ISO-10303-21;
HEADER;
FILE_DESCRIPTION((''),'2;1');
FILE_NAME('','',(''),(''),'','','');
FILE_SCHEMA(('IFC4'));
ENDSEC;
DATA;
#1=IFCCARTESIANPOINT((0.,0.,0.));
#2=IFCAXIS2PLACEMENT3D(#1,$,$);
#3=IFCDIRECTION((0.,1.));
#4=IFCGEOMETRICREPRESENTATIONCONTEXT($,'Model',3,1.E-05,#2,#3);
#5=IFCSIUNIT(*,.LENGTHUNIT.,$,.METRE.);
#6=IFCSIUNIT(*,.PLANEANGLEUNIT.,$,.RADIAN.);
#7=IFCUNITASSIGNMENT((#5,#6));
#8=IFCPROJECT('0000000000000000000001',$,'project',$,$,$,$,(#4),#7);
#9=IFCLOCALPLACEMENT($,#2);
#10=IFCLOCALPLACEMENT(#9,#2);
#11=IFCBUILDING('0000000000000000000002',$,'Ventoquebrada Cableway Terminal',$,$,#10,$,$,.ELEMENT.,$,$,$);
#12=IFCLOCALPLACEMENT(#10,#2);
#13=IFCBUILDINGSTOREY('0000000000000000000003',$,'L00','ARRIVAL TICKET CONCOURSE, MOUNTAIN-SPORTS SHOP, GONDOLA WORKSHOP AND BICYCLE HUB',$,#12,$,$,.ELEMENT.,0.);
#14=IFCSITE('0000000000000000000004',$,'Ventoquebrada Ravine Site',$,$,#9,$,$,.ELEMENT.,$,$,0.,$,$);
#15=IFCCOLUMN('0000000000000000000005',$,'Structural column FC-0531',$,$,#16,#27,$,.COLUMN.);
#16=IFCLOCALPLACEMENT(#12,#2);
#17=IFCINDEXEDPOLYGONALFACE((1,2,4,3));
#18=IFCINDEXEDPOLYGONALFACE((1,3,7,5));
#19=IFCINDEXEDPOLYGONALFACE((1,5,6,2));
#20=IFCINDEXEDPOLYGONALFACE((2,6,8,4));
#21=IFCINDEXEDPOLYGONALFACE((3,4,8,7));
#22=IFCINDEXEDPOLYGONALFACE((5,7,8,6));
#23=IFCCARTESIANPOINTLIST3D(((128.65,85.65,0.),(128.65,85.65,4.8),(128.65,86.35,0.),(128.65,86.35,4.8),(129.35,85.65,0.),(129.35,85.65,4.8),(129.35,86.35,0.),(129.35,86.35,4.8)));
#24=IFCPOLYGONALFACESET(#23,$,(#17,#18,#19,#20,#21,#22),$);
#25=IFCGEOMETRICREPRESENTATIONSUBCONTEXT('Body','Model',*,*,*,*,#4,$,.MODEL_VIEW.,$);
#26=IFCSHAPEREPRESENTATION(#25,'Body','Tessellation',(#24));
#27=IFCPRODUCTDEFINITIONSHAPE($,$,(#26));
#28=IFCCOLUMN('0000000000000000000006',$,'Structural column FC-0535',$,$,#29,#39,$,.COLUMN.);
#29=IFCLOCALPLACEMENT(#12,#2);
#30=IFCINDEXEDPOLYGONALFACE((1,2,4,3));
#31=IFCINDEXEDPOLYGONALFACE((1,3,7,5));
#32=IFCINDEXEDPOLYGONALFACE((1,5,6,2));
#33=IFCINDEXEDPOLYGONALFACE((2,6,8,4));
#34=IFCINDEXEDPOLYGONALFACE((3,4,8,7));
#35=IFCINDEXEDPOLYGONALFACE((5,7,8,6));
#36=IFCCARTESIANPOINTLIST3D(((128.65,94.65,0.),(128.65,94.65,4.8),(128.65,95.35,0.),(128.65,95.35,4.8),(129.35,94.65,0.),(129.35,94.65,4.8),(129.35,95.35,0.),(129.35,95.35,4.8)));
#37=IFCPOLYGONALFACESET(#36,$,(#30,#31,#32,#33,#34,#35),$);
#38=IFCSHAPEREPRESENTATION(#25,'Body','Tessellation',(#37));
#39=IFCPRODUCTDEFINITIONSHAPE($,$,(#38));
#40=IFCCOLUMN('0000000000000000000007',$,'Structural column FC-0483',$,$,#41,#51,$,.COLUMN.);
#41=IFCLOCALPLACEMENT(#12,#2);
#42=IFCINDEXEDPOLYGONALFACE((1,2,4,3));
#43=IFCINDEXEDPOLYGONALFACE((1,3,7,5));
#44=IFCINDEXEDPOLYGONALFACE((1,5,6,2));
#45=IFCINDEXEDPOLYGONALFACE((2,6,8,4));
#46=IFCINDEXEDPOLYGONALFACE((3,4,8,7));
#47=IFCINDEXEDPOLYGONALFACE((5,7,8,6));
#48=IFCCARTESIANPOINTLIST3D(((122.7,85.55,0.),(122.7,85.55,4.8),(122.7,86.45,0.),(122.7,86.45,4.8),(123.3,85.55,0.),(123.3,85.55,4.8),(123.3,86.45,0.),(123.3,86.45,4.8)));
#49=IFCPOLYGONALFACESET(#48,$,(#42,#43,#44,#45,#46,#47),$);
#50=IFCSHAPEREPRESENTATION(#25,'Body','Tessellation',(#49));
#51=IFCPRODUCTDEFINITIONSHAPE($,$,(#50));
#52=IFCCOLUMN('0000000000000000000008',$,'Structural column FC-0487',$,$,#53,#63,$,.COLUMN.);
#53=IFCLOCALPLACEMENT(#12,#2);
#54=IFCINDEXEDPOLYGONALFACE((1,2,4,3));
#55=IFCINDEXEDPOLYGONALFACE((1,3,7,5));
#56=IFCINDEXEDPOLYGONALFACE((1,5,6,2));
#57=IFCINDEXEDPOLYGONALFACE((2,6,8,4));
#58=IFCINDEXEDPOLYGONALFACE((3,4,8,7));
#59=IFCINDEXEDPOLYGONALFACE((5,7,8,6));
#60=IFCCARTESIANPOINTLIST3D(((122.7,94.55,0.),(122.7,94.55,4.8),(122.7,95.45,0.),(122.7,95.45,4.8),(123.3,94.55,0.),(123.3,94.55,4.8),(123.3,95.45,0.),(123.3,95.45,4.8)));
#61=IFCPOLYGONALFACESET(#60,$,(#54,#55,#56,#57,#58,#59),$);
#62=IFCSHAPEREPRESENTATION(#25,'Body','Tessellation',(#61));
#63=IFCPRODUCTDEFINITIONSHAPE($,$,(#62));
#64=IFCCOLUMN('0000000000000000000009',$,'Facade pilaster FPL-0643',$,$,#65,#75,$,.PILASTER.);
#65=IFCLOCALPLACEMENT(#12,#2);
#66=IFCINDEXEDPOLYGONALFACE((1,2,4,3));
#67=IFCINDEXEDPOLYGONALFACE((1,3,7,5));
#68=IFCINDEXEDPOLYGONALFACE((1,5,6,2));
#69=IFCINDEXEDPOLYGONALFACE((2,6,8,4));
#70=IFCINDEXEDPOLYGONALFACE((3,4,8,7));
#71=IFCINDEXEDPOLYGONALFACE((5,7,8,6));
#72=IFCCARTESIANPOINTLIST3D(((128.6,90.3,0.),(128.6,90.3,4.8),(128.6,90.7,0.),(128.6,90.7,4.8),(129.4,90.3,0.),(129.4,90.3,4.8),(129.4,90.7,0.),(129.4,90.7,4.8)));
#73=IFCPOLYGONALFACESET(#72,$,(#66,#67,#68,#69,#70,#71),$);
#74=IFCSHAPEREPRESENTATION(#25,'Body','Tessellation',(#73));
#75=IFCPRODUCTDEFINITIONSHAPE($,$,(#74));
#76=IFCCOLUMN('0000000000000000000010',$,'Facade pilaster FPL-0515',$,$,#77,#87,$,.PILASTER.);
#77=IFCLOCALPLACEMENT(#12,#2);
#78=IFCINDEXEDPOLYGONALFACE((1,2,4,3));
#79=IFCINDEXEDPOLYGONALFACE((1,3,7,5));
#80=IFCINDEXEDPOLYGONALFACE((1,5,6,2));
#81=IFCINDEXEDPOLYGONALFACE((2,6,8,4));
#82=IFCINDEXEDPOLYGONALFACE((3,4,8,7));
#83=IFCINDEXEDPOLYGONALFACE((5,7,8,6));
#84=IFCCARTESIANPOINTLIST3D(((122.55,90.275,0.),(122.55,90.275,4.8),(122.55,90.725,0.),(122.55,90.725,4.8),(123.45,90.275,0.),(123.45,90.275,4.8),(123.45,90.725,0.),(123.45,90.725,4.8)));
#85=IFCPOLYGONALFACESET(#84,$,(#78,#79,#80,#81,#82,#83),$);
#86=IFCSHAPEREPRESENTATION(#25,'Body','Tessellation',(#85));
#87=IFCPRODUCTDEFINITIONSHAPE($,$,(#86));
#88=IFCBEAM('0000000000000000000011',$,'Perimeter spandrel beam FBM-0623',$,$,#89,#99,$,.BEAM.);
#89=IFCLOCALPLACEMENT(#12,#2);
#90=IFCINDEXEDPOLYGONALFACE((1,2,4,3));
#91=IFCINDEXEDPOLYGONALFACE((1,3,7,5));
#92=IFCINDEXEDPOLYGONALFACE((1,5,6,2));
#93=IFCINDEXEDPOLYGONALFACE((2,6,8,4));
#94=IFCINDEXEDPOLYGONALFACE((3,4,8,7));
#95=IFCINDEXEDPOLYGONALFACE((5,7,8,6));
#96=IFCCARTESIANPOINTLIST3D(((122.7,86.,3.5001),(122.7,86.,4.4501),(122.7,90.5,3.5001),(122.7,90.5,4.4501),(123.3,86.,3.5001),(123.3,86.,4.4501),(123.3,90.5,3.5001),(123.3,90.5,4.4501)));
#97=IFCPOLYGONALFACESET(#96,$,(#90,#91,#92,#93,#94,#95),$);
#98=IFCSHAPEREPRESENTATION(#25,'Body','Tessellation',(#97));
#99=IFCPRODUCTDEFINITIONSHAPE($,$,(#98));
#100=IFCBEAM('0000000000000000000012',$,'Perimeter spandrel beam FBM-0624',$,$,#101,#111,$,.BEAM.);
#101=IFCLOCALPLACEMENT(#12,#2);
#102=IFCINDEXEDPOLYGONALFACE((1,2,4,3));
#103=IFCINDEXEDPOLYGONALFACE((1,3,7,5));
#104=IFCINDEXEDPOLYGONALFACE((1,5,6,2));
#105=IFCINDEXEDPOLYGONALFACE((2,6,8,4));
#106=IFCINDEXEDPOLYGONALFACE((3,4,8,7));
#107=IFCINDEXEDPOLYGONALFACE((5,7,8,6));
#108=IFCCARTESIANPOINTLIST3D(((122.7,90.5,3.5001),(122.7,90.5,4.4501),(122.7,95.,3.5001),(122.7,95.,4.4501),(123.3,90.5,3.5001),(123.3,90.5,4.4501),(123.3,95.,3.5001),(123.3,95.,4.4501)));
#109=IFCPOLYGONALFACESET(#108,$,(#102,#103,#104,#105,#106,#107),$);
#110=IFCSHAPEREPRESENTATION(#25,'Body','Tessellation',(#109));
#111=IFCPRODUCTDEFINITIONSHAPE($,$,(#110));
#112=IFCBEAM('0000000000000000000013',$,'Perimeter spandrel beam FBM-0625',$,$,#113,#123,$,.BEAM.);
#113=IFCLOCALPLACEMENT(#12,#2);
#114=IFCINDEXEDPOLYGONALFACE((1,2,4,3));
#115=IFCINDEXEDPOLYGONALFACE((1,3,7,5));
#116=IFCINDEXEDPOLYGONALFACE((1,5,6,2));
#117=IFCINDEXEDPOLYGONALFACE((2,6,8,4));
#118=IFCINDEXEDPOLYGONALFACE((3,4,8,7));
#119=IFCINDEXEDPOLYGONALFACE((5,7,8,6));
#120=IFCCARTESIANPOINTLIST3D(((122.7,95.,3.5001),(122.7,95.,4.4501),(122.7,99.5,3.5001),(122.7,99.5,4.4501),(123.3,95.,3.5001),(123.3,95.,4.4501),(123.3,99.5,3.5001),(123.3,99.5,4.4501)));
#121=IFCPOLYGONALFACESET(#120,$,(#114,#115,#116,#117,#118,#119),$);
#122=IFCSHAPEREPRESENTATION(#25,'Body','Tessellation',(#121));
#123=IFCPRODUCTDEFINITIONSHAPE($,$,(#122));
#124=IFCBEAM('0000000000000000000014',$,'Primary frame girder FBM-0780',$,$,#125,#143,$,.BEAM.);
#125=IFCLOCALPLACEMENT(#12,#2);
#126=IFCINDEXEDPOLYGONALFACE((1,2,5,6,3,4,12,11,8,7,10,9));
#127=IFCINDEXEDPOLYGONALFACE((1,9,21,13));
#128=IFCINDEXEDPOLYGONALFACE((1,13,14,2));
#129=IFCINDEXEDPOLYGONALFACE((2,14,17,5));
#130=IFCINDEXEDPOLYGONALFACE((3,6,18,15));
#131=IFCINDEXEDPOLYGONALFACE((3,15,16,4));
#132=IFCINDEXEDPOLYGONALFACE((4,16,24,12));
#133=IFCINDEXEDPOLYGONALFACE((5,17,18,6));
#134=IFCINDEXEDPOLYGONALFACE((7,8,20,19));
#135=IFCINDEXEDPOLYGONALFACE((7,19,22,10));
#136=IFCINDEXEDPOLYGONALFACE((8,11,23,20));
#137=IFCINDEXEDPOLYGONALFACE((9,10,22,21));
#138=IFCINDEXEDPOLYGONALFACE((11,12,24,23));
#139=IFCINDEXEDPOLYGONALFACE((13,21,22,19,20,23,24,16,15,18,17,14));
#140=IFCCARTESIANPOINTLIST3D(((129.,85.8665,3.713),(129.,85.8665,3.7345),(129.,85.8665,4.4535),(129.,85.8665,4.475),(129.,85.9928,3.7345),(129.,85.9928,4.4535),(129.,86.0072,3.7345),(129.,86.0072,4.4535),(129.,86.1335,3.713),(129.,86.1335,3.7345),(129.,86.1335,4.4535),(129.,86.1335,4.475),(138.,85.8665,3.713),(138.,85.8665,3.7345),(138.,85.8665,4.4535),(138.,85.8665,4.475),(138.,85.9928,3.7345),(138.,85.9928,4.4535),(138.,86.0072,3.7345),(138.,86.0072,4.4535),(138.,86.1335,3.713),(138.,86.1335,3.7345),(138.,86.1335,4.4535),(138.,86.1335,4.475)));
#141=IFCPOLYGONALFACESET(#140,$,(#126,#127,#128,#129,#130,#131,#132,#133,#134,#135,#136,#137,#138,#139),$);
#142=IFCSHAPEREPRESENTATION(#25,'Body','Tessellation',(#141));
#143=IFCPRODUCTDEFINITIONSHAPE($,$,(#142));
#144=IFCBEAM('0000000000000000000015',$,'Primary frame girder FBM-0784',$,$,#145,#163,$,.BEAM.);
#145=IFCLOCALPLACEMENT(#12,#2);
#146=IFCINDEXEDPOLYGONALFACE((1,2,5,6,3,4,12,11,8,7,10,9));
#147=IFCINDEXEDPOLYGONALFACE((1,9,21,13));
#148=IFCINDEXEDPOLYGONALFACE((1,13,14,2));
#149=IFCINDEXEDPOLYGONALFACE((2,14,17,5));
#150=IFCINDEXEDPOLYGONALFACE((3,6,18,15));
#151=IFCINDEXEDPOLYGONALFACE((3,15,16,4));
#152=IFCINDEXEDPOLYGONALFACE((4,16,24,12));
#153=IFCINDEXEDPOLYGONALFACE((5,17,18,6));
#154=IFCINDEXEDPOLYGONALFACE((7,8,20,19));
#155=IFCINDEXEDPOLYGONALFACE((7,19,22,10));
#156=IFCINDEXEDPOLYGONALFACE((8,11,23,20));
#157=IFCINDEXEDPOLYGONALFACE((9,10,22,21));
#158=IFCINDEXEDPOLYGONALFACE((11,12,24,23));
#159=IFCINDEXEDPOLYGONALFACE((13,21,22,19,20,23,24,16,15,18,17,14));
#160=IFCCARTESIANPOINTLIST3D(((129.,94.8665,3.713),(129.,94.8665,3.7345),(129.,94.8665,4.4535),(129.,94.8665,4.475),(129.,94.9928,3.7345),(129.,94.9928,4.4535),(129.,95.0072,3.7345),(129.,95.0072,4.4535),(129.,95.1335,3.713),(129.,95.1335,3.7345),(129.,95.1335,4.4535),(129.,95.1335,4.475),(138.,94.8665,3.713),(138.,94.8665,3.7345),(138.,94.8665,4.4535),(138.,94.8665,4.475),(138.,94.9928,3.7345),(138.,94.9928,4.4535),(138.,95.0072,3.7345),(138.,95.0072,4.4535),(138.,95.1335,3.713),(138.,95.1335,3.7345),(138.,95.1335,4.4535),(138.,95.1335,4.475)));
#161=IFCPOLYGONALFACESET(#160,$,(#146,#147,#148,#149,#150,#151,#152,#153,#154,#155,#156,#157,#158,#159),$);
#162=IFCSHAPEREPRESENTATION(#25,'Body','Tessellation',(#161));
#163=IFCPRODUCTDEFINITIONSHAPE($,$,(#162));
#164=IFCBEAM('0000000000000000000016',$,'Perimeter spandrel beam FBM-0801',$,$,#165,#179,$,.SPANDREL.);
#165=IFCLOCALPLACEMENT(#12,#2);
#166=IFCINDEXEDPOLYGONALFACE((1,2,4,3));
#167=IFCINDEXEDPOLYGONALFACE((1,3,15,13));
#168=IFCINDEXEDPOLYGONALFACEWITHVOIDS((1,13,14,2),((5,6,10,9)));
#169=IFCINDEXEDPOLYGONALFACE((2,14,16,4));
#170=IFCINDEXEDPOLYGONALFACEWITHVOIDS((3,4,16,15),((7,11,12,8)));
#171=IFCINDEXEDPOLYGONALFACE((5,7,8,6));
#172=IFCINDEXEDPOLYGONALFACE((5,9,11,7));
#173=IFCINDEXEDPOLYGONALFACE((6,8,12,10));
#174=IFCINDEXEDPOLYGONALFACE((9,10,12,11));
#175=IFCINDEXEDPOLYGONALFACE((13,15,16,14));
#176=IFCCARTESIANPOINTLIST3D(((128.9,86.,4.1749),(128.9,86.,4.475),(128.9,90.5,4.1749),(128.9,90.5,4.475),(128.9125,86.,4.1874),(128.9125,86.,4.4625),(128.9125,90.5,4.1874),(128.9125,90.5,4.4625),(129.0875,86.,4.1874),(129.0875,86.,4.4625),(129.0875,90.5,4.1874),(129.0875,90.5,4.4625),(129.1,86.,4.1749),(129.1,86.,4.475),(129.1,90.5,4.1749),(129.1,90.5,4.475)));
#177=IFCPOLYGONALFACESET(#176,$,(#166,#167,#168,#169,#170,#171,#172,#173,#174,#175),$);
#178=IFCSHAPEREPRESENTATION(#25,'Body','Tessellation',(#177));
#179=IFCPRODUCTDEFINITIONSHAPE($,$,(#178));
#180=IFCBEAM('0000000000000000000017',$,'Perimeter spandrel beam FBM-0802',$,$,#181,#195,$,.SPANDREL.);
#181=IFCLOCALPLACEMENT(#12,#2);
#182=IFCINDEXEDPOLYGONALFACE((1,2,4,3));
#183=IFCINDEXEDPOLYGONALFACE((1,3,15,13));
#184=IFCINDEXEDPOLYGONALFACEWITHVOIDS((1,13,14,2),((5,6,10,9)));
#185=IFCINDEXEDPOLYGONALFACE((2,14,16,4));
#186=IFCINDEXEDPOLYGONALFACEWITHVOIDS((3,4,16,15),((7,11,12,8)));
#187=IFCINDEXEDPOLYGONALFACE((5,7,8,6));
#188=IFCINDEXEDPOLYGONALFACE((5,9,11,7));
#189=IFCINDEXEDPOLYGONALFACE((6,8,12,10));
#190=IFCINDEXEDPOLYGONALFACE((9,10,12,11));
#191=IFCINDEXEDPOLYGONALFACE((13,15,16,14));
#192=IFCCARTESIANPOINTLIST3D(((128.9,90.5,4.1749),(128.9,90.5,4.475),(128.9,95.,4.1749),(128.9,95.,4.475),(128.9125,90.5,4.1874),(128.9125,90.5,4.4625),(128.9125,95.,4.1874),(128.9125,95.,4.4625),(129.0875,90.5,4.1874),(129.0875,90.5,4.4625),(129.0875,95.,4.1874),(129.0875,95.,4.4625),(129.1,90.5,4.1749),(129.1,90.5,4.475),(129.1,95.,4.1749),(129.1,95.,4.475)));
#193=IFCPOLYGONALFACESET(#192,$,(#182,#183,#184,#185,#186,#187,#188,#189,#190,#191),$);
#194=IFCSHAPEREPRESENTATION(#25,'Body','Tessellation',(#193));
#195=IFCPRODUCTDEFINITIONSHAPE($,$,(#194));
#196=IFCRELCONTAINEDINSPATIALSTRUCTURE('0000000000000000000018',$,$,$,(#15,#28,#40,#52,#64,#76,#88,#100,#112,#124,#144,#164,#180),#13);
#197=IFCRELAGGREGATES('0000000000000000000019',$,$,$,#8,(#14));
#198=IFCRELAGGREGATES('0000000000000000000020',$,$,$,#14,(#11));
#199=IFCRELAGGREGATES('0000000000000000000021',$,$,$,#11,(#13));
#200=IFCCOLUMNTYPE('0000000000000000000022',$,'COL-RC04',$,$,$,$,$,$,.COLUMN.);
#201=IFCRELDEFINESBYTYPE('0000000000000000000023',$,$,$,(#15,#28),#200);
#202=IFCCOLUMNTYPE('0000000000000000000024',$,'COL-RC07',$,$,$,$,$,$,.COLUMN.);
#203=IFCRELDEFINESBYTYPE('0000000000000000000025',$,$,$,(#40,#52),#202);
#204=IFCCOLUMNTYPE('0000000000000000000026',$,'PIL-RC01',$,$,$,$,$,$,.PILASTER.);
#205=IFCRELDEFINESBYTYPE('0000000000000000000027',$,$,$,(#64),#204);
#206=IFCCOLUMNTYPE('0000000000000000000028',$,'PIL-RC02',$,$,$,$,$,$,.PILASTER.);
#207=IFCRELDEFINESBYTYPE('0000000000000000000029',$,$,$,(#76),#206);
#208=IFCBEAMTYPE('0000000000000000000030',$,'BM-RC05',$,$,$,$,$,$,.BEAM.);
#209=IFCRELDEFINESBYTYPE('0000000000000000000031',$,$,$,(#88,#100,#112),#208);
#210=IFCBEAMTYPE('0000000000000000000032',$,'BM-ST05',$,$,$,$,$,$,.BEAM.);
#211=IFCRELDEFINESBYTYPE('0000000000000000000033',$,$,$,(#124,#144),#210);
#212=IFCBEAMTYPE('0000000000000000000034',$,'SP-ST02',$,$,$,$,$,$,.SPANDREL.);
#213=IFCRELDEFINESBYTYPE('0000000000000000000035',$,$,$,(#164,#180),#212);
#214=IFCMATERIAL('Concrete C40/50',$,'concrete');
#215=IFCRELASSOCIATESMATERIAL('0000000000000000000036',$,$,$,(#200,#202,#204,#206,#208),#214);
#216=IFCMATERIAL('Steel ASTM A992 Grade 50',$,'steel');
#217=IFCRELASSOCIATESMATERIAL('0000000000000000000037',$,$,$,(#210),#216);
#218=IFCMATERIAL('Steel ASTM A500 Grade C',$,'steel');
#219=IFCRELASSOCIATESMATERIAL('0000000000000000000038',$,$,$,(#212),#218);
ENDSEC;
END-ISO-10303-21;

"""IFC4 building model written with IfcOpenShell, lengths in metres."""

from ifc_helpers import new_model, si_unit, direction, frame, origin, origin_2d, place, context, subcontext, project, spatial, rectangle, hollow_rectangle, i_section, extrude, material, material_profile, profile_set, type_object, element, save


model = new_model("IFC4")

# Units and contexts
model_context = context("Model", 3, precision=1e-05, world=origin(), true_north=direction((0.0, 1.0)))
body_context = subcontext(model_context, "Body", "Model", "MODEL_VIEW")
ifc_project = project(units=[si_unit("LENGTHUNIT", "METRE"), si_unit("PLANEANGLEUNIT", "RADIAN")], contexts=[model_context])

# Site, building, storey
site_placement = place(None, origin())
site = spatial("IfcSite", under=ifc_project, at=site_placement, Name="Ventoquebrada Ravine Site", CompositionType="ELEMENT", RefElevation=0.0)
building_placement = place(site_placement, origin())
building = spatial("IfcBuilding", under=site, at=building_placement, Name="Ventoquebrada Cableway Terminal", CompositionType="ELEMENT")
storey_placement = place(building_placement, origin())
storey = spatial("IfcBuildingStorey", under=building, at=storey_placement, Name="L00", Description="ARRIVAL TICKET CONCOURSE, MOUNTAIN-SPORTS SHOP, GONDOLA WORKSHOP AND BICYCLE HUB", CompositionType="ELEMENT", Elevation=0.0)

# Columns
ifc_material_1 = material(Name="Concrete C40/50", Category="concrete")
ifc_material_profile_1 = material_profile(ifc_material_1, rectangle(XDim=0.7, YDim=0.7, at=origin_2d()), Name="RC-COL-700X700")
ifc_profile_set_1 = profile_set([ifc_material_profile_1], Name="Concrete C40/50")
column_type_1 = type_object("IfcColumnType", Name="COL-RC04", PredefinedType="COLUMN", material=ifc_profile_set_1)
for number, where, z_axis, x_axis, name in (
    (1, (129.0, 86.0, 0.0), (0.0, 0.0, 1.0), (1.0, 0.0, 0.0), "Structural column FC-0531"),
    (2, (129.0, 95.0, 0.0), (0.0, 0.0, 1.0), (1.0, 0.0, 0.0), "Structural column FC-0535"),
):
    element("IfcColumn", number, at=place(storey_placement, frame(where, z_axis=z_axis, x_axis=x_axis)), inside=storey, type_object=column_type_1, Name=name, PredefinedType="COLUMN", context=body_context, shape_type="SweptSolid", body=[
        extrude(rectangle(XDim=0.7, YDim=0.7, at=origin_2d()), origin(), (0.0, 0.0, 1.0), 4.8),
    ])
ifc_material_profile_2 = material_profile(ifc_material_1, rectangle(XDim=0.6001, YDim=0.8999, at=origin_2d()), Name="RC-COL-900X600")
ifc_profile_set_2 = profile_set([ifc_material_profile_2], Name="Concrete C40/50")
column_type_2 = type_object("IfcColumnType", Name="COL-RC07", PredefinedType="COLUMN", material=ifc_profile_set_2)
for number, where, z_axis, x_axis, name in (
    (3, (123.0, 86.0, 0.0), (0.0, 0.0, 1.0), (1.0, 0.0, 0.0), "Structural column FC-0483"),
    (4, (123.0, 95.0, 0.0), (0.0, 0.0, 1.0), (1.0, 0.0, 0.0), "Structural column FC-0487"),
):
    element("IfcColumn", number, at=place(storey_placement, frame(where, z_axis=z_axis, x_axis=x_axis)), inside=storey, type_object=column_type_2, Name=name, PredefinedType="COLUMN", context=body_context, shape_type="SweptSolid", body=[
        extrude(rectangle(XDim=0.6001, YDim=0.8999, at=origin_2d()), origin(), (0.0, 0.0, 1.0), 4.8),
    ])
ifc_material_profile_3 = material_profile(ifc_material_1, rectangle(XDim=0.3999, YDim=0.8, at=origin_2d()), Name="RC-PIL-400X800")
ifc_profile_set_3 = profile_set([ifc_material_profile_3], Name="Concrete C40/50")
column_type_3 = type_object("IfcColumnType", Name="PIL-RC01", PredefinedType="PILASTER", material=ifc_profile_set_3)
column_1_placement = place(storey_placement, frame((129.0, 90.5, 0.0), z_axis=(0.0, 0.0, 1.0), x_axis=(0.0, 1.0, 0.0)))
element("IfcColumn", 5, at=column_1_placement, inside=storey, type_object=column_type_3, Name="Facade pilaster FPL-0643", PredefinedType="PILASTER", context=body_context, shape_type="SweptSolid", body=[
    extrude(rectangle(XDim=0.3999, YDim=0.8, at=origin_2d()), origin(), (0.0, 0.0, 1.0), 4.8),
])
ifc_material_profile_4 = material_profile(ifc_material_1, rectangle(XDim=0.45, YDim=0.8999, at=origin_2d()), Name="RC-PIL-450X900")
ifc_profile_set_4 = profile_set([ifc_material_profile_4], Name="Concrete C40/50")
column_type_4 = type_object("IfcColumnType", Name="PIL-RC02", PredefinedType="PILASTER", material=ifc_profile_set_4)
column_2_placement = place(storey_placement, frame((123.0, 90.5, 0.0), z_axis=(0.0, 0.0, 1.0), x_axis=(0.0, 1.0, 0.0)))
element("IfcColumn", 6, at=column_2_placement, inside=storey, type_object=column_type_4, Name="Facade pilaster FPL-0515", PredefinedType="PILASTER", context=body_context, shape_type="SweptSolid", body=[
    extrude(rectangle(XDim=0.45, YDim=0.8999, at=origin_2d()), origin(), (0.0, 0.0, 1.0), 4.8),
])

# Beams
ifc_material_profile_5 = material_profile(ifc_material_1, rectangle(XDim=0.6001, YDim=0.95, at=origin_2d()), Name="RC-BM-600X950")
ifc_profile_set_5 = profile_set([ifc_material_profile_5], Name="Concrete C40/50")
beam_type_1 = type_object("IfcBeamType", Name="BM-RC05", PredefinedType="BEAM", material=ifc_profile_set_5)
for number, where, z_axis, x_axis, name in (
    (7, (123.0, 86.0, 3.9751), (0.0, 1.0, 0.0), (-1.0, 0.0, 0.0), "Perimeter spandrel beam FBM-0623"),
    (8, (123.0, 90.5, 3.9751), (0.0, 1.0, 0.0), (-1.0, 0.0, 0.0), "Perimeter spandrel beam FBM-0624"),
    (9, (123.0, 95.0, 3.9751), (0.0, 1.0, 0.0), (-1.0, 0.0, 0.0), "Perimeter spandrel beam FBM-0625"),
):
    element("IfcBeam", number, at=place(storey_placement, frame(where, z_axis=z_axis, x_axis=x_axis)), inside=storey, type_object=beam_type_1, Name=name, PredefinedType="BEAM", context=body_context, shape_type="SweptSolid", body=[
        extrude(rectangle(XDim=0.6001, YDim=0.95, at=origin_2d()), origin(), (0.0, 0.0, 1.0), 4.5),
    ])
ifc_material_2 = material(Name="Steel ASTM A992 Grade 50", Category="steel")
ifc_material_profile_6 = material_profile(ifc_material_2, i_section(OverallWidth=0.2671, OverallDepth=0.762, WebThickness=0.0144, FlangeThickness=0.0215, at=origin_2d()), Name="W30X116")
ifc_profile_set_6 = profile_set([ifc_material_profile_6], Name="Steel ASTM A992 Grade 50")
beam_type_2 = type_object("IfcBeamType", Name="BM-ST05", PredefinedType="BEAM", material=ifc_profile_set_6)
for number, where, z_axis, x_axis, name in (
    (10, (129.0, 86.0, 4.094), (1.0, 0.0, 0.0), (0.0, 1.0, 0.0), "Primary frame girder FBM-0780"),
    (11, (129.0, 95.0, 4.094), (1.0, 0.0, 0.0), (0.0, 1.0, 0.0), "Primary frame girder FBM-0784"),
):
    element("IfcBeam", number, at=place(storey_placement, frame(where, z_axis=z_axis, x_axis=x_axis)), inside=storey, type_object=beam_type_2, Name=name, PredefinedType="BEAM", context=body_context, shape_type="SweptSolid", body=[
        extrude(i_section(OverallWidth=0.2671, OverallDepth=0.762, WebThickness=0.0144, FlangeThickness=0.0215, at=origin_2d()), origin(), (0.0, 0.0, 1.0), 9.0),
    ])
ifc_material_3 = material(Name="Steel ASTM A500 Grade C", Category="steel")
ifc_material_profile_7 = material_profile(ifc_material_3, hollow_rectangle(XDim=0.2, YDim=0.3, WallThickness=0.0125, at=origin_2d()), Name="RHS300X200X12.5")
ifc_profile_set_7 = profile_set([ifc_material_profile_7], Name="Steel ASTM A500 Grade C")
beam_type_3 = type_object("IfcBeamType", Name="SP-ST02", PredefinedType="SPANDREL", material=ifc_profile_set_7)
for number, where, z_axis, x_axis, name in (
    (12, (129.0, 86.0, 4.325), (0.0, 1.0, 0.0), (-1.0, 0.0, 0.0), "Perimeter spandrel beam FBM-0801"),
    (13, (129.0, 90.5, 4.325), (0.0, 1.0, 0.0), (-1.0, 0.0, 0.0), "Perimeter spandrel beam FBM-0802"),
):
    element("IfcBeam", number, at=place(storey_placement, frame(where, z_axis=z_axis, x_axis=x_axis)), inside=storey, type_object=beam_type_3, Name=name, PredefinedType="SPANDREL", context=body_context, shape_type="SweptSolid", body=[
        extrude(hollow_rectangle(XDim=0.2, YDim=0.3, WallThickness=0.0125, at=origin_2d()), origin(), (0.0, 0.0, 1.0), 4.5),
    ])

save(model, "model.ifc")
